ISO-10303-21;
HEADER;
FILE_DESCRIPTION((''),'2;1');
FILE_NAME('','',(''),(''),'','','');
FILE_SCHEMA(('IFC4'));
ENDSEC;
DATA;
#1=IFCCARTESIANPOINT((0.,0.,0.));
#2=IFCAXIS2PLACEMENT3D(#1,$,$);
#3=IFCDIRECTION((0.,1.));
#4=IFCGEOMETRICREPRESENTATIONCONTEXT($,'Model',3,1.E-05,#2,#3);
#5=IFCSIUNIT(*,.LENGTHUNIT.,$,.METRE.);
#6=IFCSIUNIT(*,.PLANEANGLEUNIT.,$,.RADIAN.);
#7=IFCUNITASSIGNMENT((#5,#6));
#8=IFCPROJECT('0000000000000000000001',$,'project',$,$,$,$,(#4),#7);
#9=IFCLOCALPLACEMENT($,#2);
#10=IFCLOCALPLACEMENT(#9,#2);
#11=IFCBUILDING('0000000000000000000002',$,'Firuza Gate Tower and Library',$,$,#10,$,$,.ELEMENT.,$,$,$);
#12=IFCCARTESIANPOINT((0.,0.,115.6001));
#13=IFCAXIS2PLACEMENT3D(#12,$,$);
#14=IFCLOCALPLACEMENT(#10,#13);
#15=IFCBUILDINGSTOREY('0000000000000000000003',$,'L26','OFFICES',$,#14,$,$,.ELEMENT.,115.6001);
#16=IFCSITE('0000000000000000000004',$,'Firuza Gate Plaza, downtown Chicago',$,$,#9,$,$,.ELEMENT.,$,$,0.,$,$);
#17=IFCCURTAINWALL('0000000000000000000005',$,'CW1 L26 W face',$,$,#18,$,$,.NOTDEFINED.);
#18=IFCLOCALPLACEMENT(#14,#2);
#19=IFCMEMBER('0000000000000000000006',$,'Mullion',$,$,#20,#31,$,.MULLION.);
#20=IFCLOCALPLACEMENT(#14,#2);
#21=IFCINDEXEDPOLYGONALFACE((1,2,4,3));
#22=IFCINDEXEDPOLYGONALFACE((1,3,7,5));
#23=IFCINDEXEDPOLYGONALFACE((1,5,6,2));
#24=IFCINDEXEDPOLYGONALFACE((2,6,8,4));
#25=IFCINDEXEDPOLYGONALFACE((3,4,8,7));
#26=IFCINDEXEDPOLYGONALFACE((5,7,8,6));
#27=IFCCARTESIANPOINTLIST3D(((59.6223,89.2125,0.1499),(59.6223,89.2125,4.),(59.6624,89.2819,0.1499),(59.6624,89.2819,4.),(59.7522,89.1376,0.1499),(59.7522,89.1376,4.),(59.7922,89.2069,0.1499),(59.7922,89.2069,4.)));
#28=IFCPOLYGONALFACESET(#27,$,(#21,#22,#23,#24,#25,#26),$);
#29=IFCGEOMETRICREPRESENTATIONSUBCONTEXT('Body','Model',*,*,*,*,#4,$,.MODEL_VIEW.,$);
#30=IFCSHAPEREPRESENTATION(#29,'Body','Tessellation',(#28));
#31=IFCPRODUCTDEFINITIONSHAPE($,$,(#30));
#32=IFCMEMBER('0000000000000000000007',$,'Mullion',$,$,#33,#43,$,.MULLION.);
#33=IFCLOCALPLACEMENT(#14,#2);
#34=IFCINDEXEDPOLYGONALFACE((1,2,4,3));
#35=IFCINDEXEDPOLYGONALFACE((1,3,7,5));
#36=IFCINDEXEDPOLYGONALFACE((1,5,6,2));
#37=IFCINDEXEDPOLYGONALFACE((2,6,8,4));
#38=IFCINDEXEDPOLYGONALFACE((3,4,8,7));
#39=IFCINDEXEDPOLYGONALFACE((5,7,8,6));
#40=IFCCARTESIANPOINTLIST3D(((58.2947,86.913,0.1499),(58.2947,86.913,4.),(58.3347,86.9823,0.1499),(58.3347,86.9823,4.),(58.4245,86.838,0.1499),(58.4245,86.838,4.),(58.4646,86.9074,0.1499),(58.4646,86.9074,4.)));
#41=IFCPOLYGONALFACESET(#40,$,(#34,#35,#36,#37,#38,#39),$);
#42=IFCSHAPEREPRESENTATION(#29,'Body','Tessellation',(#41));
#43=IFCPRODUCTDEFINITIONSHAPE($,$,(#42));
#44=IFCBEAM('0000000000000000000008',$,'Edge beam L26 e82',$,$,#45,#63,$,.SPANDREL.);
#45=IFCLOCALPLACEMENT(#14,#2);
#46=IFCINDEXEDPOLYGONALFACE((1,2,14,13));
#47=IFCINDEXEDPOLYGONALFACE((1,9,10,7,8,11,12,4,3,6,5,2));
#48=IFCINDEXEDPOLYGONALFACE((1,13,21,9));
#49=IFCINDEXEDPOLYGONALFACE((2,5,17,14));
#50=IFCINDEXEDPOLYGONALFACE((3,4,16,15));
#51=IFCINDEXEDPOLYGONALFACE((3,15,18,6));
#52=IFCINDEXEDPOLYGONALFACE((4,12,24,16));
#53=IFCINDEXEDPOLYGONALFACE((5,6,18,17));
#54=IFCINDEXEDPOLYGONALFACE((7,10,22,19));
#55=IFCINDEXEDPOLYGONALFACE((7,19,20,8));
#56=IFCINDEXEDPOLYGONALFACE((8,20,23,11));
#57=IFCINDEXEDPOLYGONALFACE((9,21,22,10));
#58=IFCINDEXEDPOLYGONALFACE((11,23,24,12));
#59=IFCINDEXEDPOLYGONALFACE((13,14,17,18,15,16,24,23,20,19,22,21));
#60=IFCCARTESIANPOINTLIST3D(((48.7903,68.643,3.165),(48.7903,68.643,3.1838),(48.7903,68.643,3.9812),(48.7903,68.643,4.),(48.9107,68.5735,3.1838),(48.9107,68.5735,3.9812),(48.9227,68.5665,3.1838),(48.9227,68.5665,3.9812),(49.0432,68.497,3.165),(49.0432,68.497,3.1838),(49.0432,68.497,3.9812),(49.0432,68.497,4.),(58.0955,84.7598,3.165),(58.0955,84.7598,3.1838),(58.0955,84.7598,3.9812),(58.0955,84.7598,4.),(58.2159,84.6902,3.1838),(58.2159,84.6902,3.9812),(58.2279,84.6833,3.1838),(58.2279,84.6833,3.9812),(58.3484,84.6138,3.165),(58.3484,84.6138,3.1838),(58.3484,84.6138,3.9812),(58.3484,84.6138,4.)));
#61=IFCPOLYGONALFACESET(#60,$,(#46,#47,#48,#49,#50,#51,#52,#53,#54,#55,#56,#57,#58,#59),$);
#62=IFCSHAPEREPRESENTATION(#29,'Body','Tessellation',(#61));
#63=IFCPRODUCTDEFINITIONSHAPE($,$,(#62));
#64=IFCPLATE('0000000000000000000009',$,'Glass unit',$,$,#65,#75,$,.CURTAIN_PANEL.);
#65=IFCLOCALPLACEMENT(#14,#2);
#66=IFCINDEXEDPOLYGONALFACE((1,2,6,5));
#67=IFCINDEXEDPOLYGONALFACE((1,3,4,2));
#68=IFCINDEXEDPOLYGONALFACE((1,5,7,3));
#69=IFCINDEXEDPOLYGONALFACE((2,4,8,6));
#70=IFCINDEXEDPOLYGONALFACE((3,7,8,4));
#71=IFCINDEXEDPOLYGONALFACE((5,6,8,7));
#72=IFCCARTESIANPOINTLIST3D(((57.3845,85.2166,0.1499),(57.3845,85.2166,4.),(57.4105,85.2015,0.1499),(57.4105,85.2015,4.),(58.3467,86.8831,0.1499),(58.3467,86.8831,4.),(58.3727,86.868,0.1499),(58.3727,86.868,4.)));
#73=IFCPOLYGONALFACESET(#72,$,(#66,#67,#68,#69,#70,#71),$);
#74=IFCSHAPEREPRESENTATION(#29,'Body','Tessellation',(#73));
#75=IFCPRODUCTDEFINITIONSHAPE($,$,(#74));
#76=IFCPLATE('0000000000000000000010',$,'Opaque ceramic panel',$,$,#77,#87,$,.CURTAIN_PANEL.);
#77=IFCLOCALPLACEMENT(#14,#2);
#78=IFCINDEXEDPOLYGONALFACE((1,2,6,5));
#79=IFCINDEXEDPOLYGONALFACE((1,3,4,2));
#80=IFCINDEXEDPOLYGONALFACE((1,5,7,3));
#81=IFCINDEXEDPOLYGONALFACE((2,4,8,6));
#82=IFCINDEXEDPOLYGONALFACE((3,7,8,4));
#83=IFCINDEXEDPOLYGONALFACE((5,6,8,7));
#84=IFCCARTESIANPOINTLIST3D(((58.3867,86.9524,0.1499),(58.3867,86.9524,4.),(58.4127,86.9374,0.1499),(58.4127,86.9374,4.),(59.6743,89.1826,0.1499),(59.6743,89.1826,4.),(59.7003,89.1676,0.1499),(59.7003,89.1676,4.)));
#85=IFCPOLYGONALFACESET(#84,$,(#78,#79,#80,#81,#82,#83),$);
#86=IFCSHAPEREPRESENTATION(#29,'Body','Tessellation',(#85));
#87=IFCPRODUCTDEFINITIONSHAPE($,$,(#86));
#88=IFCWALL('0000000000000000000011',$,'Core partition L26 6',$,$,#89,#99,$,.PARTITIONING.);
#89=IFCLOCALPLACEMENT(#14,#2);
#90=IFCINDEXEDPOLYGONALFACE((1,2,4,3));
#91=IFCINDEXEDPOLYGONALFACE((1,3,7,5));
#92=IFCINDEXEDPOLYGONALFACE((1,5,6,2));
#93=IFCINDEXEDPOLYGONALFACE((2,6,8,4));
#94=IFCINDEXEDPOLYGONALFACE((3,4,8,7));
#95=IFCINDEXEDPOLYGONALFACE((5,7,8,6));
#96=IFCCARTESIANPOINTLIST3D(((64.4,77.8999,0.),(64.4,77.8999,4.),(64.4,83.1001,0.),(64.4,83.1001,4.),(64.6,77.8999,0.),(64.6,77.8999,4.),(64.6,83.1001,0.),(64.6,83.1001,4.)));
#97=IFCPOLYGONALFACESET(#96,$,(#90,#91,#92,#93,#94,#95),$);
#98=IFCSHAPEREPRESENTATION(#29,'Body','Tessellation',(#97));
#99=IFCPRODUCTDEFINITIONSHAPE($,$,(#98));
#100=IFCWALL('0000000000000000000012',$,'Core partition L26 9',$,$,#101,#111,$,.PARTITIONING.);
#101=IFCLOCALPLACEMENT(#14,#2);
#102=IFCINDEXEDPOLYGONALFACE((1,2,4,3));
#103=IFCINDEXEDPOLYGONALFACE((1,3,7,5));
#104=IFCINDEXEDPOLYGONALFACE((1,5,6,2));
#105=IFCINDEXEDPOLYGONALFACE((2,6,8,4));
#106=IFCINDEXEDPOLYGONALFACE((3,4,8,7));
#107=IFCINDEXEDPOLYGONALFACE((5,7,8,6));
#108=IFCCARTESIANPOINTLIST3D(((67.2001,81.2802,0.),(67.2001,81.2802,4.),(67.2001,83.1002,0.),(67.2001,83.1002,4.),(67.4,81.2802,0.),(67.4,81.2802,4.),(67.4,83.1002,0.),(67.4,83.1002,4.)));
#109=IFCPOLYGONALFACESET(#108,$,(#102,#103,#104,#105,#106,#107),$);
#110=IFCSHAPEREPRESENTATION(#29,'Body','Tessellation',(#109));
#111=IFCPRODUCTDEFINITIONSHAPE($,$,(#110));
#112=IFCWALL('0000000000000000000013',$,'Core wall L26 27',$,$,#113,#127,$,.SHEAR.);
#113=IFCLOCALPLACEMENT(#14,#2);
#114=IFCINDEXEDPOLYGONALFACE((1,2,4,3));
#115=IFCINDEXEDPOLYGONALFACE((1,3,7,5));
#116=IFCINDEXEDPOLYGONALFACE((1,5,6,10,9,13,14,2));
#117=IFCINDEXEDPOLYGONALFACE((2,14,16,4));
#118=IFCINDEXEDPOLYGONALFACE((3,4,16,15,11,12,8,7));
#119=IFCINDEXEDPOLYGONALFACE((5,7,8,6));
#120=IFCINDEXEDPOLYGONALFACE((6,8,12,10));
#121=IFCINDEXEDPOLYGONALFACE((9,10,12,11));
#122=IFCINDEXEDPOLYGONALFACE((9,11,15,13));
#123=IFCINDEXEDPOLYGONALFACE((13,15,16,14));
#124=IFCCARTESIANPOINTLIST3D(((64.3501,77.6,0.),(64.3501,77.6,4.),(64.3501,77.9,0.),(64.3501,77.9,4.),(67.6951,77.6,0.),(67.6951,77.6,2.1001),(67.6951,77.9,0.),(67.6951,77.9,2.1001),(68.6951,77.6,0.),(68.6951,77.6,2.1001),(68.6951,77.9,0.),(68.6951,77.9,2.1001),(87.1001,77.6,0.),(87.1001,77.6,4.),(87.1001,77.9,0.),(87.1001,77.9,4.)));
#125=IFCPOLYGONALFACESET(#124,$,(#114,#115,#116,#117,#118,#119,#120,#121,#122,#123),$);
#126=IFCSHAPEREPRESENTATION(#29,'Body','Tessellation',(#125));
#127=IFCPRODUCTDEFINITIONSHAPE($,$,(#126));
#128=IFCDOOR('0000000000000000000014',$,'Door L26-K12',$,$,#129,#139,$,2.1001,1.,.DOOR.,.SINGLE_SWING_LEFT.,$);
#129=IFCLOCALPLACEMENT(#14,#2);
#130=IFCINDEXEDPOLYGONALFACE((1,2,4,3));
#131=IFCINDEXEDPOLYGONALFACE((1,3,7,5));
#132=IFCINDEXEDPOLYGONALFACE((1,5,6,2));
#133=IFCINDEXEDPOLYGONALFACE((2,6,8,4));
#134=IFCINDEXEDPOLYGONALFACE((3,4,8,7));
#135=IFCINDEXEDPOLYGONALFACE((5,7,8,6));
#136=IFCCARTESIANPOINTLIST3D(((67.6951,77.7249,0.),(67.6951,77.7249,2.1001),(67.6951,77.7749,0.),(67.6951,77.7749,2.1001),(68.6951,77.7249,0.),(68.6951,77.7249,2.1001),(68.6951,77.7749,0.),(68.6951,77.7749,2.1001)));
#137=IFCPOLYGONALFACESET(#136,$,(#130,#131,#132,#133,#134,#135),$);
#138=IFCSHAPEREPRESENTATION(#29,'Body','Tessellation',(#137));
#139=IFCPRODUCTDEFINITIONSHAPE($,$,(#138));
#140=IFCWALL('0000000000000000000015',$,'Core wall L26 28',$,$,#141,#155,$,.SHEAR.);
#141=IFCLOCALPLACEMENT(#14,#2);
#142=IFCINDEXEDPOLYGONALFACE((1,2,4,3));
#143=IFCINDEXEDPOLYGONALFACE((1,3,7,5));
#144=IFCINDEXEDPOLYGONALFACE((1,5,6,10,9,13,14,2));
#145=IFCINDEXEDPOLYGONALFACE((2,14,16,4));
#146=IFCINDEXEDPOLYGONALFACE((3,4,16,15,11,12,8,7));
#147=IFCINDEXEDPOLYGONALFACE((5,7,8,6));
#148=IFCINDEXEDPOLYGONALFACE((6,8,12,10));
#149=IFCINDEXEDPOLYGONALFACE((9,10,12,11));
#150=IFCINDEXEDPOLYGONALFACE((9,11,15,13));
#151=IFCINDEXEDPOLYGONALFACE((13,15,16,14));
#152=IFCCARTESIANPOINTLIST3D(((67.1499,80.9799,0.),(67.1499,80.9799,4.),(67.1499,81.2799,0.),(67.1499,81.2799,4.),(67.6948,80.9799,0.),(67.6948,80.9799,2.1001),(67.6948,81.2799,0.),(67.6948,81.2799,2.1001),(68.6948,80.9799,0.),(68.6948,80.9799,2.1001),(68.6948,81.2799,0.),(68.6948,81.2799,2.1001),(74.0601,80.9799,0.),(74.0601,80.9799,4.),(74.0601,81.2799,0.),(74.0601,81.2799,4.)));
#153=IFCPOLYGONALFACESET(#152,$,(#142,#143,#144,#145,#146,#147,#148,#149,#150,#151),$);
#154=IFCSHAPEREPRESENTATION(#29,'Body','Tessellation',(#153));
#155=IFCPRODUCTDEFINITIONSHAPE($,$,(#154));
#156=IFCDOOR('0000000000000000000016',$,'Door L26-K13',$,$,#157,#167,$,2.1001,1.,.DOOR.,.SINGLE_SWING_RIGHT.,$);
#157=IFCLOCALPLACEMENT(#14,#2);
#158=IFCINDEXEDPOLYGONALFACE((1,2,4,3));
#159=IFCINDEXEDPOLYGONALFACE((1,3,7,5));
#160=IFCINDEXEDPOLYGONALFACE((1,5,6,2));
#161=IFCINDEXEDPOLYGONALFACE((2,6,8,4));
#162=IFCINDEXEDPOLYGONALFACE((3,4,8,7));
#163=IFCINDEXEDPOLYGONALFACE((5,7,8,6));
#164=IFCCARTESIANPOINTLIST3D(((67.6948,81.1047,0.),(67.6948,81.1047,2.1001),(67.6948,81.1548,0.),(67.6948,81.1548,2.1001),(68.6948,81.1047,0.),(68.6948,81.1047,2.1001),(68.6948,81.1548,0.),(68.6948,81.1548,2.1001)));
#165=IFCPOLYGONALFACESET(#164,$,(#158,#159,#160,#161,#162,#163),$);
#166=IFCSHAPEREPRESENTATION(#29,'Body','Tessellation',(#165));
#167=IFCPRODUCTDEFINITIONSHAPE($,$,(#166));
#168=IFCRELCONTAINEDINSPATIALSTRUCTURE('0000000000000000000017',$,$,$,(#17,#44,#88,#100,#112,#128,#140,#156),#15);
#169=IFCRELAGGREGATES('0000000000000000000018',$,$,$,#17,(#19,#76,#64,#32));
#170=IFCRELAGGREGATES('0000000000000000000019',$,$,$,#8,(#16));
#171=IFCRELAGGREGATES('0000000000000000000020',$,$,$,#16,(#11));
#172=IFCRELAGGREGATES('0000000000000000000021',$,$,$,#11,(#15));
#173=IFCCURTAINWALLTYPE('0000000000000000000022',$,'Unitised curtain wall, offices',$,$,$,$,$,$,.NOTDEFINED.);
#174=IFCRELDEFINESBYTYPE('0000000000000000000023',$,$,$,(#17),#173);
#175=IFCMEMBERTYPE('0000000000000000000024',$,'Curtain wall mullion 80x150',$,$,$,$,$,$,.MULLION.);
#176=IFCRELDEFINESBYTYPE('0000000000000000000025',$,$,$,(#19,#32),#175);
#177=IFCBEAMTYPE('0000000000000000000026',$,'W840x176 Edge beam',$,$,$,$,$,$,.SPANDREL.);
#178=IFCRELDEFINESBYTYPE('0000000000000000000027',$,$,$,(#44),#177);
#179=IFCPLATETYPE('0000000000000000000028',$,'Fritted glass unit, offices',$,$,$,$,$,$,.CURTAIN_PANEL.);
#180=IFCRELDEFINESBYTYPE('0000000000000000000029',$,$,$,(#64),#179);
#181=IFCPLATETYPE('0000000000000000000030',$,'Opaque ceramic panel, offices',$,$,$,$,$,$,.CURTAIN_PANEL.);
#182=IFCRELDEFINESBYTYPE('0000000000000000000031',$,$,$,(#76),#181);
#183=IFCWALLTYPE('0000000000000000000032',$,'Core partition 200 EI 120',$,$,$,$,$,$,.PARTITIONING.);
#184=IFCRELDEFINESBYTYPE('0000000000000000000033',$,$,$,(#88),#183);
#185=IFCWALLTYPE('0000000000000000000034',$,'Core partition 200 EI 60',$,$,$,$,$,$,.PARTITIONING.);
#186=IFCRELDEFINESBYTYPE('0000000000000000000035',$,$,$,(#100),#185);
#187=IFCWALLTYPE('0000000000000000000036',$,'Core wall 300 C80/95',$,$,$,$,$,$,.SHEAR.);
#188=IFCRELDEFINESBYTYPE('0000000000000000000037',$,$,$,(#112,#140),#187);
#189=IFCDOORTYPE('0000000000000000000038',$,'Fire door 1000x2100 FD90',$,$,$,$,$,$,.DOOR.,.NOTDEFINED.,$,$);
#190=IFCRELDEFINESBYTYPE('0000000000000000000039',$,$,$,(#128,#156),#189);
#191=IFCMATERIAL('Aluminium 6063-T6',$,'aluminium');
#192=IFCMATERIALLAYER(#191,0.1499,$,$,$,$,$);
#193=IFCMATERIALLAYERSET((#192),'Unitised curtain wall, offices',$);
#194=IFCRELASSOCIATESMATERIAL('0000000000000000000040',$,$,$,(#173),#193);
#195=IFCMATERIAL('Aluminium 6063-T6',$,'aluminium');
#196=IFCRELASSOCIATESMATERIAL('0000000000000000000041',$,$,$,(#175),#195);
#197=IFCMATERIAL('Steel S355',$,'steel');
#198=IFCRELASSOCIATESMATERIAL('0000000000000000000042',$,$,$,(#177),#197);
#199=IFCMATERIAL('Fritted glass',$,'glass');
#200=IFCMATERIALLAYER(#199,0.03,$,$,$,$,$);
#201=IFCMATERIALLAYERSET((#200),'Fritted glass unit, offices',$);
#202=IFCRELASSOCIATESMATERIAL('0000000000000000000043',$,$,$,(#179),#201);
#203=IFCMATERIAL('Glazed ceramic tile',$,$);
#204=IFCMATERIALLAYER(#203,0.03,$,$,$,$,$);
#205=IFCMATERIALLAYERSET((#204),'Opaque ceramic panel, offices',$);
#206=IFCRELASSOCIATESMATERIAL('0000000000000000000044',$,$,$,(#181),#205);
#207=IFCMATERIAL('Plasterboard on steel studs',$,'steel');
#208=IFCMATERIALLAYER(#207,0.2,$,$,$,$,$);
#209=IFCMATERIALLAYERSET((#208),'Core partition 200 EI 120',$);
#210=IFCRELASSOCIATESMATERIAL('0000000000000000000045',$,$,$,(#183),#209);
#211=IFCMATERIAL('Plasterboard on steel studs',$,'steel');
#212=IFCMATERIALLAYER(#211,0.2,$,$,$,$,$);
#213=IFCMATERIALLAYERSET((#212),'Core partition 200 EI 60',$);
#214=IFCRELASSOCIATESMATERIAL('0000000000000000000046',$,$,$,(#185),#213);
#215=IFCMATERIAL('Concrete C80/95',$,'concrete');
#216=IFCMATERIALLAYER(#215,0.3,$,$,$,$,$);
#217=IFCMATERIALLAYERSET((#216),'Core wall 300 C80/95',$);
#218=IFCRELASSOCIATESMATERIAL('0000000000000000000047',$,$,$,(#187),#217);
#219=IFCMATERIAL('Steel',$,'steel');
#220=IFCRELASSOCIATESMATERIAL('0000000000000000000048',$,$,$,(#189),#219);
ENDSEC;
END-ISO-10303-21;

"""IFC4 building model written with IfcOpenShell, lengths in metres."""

from ifc_helpers import new_model, si_unit, direction, frame, frame_2d, origin, origin_2d, place, context, subcontext, project, spatial, polyline, rectangle, i_section, outline, extrude, material, layer, layer_set, material_profile, profile_set, type_object, element, fill, aggregate, save


model = new_model("IFC4")

# Units and contexts
model_context = context("Model", 3, precision=1e-05, world=origin(), true_north=direction((0.0, 1.0)))
body_context = subcontext(model_context, "Body", "Model", "MODEL_VIEW")
ifc_project = project(units=[si_unit("LENGTHUNIT", "METRE"), si_unit("PLANEANGLEUNIT", "RADIAN")], contexts=[model_context])

# Site, building, storey
site_placement = place(None, origin())
site = spatial("IfcSite", under=ifc_project, at=site_placement, Name="Firuza Gate Plaza, downtown Chicago", CompositionType="ELEMENT", RefElevation=0.0)
building_placement = place(site_placement, origin())
building = spatial("IfcBuilding", under=site, at=building_placement, Name="Firuza Gate Tower and Library", CompositionType="ELEMENT")
storey_placement = place(building_placement, frame((0.0, 0.0, 115.6001)))
storey = spatial("IfcBuildingStorey", under=building, at=storey_placement, Name="L26", Description="OFFICES", CompositionType="ELEMENT", Elevation=115.6001)

# Curtain wall, members
ifc_material_1 = material(Name="Aluminium 6063-T6", Category="aluminium")
ifc_layer_1 = layer(ifc_material_1, 0.1499)
ifc_layer_set_1 = layer_set([ifc_layer_1], Name="Unitised curtain wall, offices")
curtain_wall_type = type_object("IfcCurtainWallType", Name="Unitised curtain wall, offices", PredefinedType="NOTDEFINED", material=ifc_layer_set_1)
curtain_wall_placement = place(storey_placement, origin())
curtain_wall = element("IfcCurtainWall", 1, at=curtain_wall_placement, inside=storey, type_object=curtain_wall_type, Name="CW1 L26 W face", PredefinedType="NOTDEFINED")
ifc_material_2 = material(Name="Aluminium 6063-T6", Category="aluminium")
ifc_material_profile_1 = material_profile(ifc_material_2, rectangle(XDim=0.1499, YDim=0.0801, at=origin_2d()))
ifc_profile_set_1 = profile_set([ifc_material_profile_1], Name="Aluminium 6063-T6")
member_type = type_object("IfcMemberType", Name="Curtain wall mullion 80x150", PredefinedType="MULLION", material=ifc_profile_set_1)
member_1_placement = place(storey_placement, frame((59.7073, 89.2097, 0.1499), z_axis=(0.0, 0.0, 1.0), x_axis=(0.866025, -0.5, 0.0)))
member_1 = element("IfcMember", 2, at=member_1_placement, type_object=member_type, Name="Mullion", PredefinedType="MULLION", context=body_context, shape_type="SweptSolid", body=[
    extrude(rectangle(XDim=0.1499, YDim=0.0801, at=origin_2d()), origin(), (0.0, 0.0, 1.0), 3.8501),
])
member_2_placement = place(storey_placement, frame((58.3796, 86.9102, 0.1499), z_axis=(0.0, 0.0, 1.0), x_axis=(0.866025, -0.5, 0.0)))
member_2 = element("IfcMember", 3, at=member_2_placement, type_object=member_type, Name="Mullion", PredefinedType="MULLION", context=body_context, shape_type="SweptSolid", body=[
    extrude(rectangle(XDim=0.1499, YDim=0.0801, at=origin_2d()), origin(), (0.0, 0.0, 1.0), 3.8501),
])

# Beam
ifc_material_3 = material(Name="Steel S355", Category="steel")
ifc_material_profile_2 = material_profile(ifc_material_3, i_section(OverallWidth=0.292, OverallDepth=0.835, WebThickness=0.0139, FlangeThickness=0.0188, at=origin_2d()))
ifc_profile_set_2 = profile_set([ifc_material_profile_2], Name="Steel S355")
beam_type = type_object("IfcBeamType", Name="W840x176 Edge beam", PredefinedType="SPANDREL", material=ifc_profile_set_2)
beam_placement = place(storey_placement, frame((58.2219, 84.6868, 3.5825), z_axis=(-0.500008, -0.866021, 0.0), x_axis=(0.866021, -0.500008, 0.0)))
element("IfcBeam", 4, at=beam_placement, inside=storey, type_object=beam_type, Name="Edge beam L26 e82", PredefinedType="SPANDREL", context=body_context, shape_type="SweptSolid", body=[
    extrude(i_section(OverallWidth=0.292, OverallDepth=0.835, WebThickness=0.0139, FlangeThickness=0.0188, at=origin_2d()), origin(), (0.0, 0.0, 1.0), 18.6101),
])

# Plates
ifc_material_4 = material(Name="Fritted glass", Category="glass")
ifc_layer_2 = layer(ifc_material_4, 0.03)
ifc_layer_set_2 = layer_set([ifc_layer_2], Name="Fritted glass unit, offices")
plate_type_1 = type_object("IfcPlateType", Name="Fritted glass unit, offices", PredefinedType="CURTAIN_PANEL", material=ifc_layer_set_2)
plate_1_placement = place(storey_placement, frame((58.3467, 86.8831, 0.1499), z_axis=(-0.866025, 0.500001, 0.0), x_axis=(-0.500001, -0.866025, 0.0)))
plate_1 = element("IfcPlate", 5, at=plate_1_placement, type_object=plate_type_1, Name="Glass unit", PredefinedType="CURTAIN_PANEL", context=body_context, shape_type="SweptSolid", body=[
    extrude(outline(polyline([(0.0, 0.0), (1.9243, 0.0), (1.9243, 3.8501), (0.0, 3.8501), (0.0, 0.0)])), origin(), (0.0, 0.0, -1.0), 0.03),
])
ifc_material_5 = material(Name="Glazed ceramic tile")
ifc_layer_3 = layer(ifc_material_5, 0.03)
ifc_layer_set_3 = layer_set([ifc_layer_3], Name="Opaque ceramic panel, offices")
plate_type_2 = type_object("IfcPlateType", Name="Opaque ceramic panel, offices", PredefinedType="CURTAIN_PANEL", material=ifc_layer_set_3)
plate_2_placement = place(storey_placement, frame((59.6743, 89.1826, 0.1499), z_axis=(-0.866029, 0.499993, 0.0), x_axis=(-0.499993, -0.866029, 0.0)))
plate_2 = element("IfcPlate", 6, at=plate_2_placement, type_object=plate_type_2, Name="Opaque ceramic panel", PredefinedType="CURTAIN_PANEL", context=body_context, shape_type="SweptSolid", body=[
    extrude(outline(polyline([(0.0, 0.0), (2.5752, 0.0), (2.5752, 3.8501), (0.0, 3.8501), (0.0, 0.0)])), origin(), (0.0, 0.0, -1.0), 0.03),
])
aggregate(curtain_wall, [member_1, plate_2, plate_1, member_2])

# Walls
ifc_material_6 = material(Name="Plasterboard on steel studs", Category="steel")
ifc_layer_4 = layer(ifc_material_6, 0.2)
ifc_layer_set_4 = layer_set([ifc_layer_4], Name="Core partition 200 EI 120")
wall_type_1 = type_object("IfcWallType", Name="Core partition 200 EI 120", PredefinedType="PARTITIONING", material=ifc_layer_set_4)
wall_1_placement = place(storey_placement, frame((64.5, 77.8999, 0.0), z_axis=(0.0, 0.0, 1.0), x_axis=(0.0, 1.0, 0.0)))
element("IfcWall", 7, at=wall_1_placement, inside=storey, type_object=wall_type_1, Name="Core partition L26 6", PredefinedType="PARTITIONING", context=body_context, shape_type="SweptSolid", body=[
    extrude(rectangle(XDim=5.2002, YDim=0.2, at=frame_2d((2.6001, 0.0))), origin(), (0.0, 0.0, 1.0), 4.0),
])
ifc_material_7 = material(Name="Plasterboard on steel studs", Category="steel")
ifc_layer_5 = layer(ifc_material_7, 0.2)
ifc_layer_set_5 = layer_set([ifc_layer_5], Name="Core partition 200 EI 60")
wall_type_2 = type_object("IfcWallType", Name="Core partition 200 EI 60", PredefinedType="PARTITIONING", material=ifc_layer_set_5)
wall_2_placement = place(storey_placement, frame((67.3, 81.28, 0.0), z_axis=(0.0, 0.0, 1.0), x_axis=(0.0, 1.0, 0.0)))
element("IfcWall", 8, at=wall_2_placement, inside=storey, type_object=wall_type_2, Name="Core partition L26 9", PredefinedType="PARTITIONING", context=body_context, shape_type="SweptSolid", body=[
    extrude(rectangle(XDim=1.8201, YDim=0.2, at=frame_2d((0.9102, 0.0))), origin(), (0.0, 0.0, 1.0), 4.0),
])

# Walls, openings, doors
ifc_material_8 = material(Name="Concrete C80/95", Category="concrete")
ifc_layer_6 = layer(ifc_material_8, 0.3)
ifc_layer_set_6 = layer_set([ifc_layer_6], Name="Core wall 300 C80/95")
wall_type_3 = type_object("IfcWallType", Name="Core wall 300 C80/95", PredefinedType="SHEAR", material=ifc_layer_set_6)
wall_3_placement = place(storey_placement, frame((64.3501, 77.75, 0.0), z_axis=(0.0, 0.0, 1.0), x_axis=(1.0, 0.0, 0.0)))
wall_3 = element("IfcWall", 9, at=wall_3_placement, inside=storey, type_object=wall_type_3, Name="Core wall L26 27", PredefinedType="SHEAR", context=body_context, shape_type="SweptSolid", body=[
    extrude(rectangle(XDim=22.75, YDim=0.3, at=frame_2d((11.375, 0.0))), origin(), (0.0, 0.0, 1.0), 4.0),
])
opening_1_placement = place(wall_3_placement, frame((3.345, 0.0, 0.0)))
opening_1 = element("IfcOpeningElement", 10, at=opening_1_placement, cuts=wall_3, PredefinedType="OPENING", context=body_context, shape_type="SweptSolid", body=[
    extrude(rectangle(XDim=1.0, YDim=2.1001, at=frame_2d((0.5, 1.05))), frame((0.0, 0.1602, 0.0), z_axis=(0.0, -1.0, 0.0), x_axis=(1.0, 0.0, 0.0)), (0.0, 0.0, 1.0), 0.3201),
])
ifc_material_9 = material(Name="Steel", Category="steel")
door_type_1 = type_object("IfcDoorType", Name="Fire door 1000x2100 FD90", OperationType="NOTDEFINED", PredefinedType="DOOR", material=ifc_material_9)
door_1_placement = place(opening_1_placement, origin())
door_1 = element("IfcDoor", 11, at=door_1_placement, inside=storey, type_object=door_type_1, Name="Door L26-K12", OperationType="SINGLE_SWING_LEFT", OverallHeight=2.1001, OverallWidth=1.0, PredefinedType="DOOR", context=body_context, shape_type="SweptSolid", body=[
    extrude(rectangle(XDim=1.0, YDim=2.1001, at=frame_2d((0.5, 1.05))), frame((0.0, 0.0249, 0.0), z_axis=(0.0, -1.0, 0.0), x_axis=(1.0, 0.0, 0.0)), (0.0, 0.0, 1.0), 0.05),
])
fill(opening_1, door_1)
wall_4_placement = place(storey_placement, frame((67.1499, 81.1299, 0.0), z_axis=(0.0, 0.0, 1.0), x_axis=(1.0, 0.0, 0.0)))
wall_4 = element("IfcWall", 12, at=wall_4_placement, inside=storey, type_object=wall_type_3, Name="Core wall L26 28", PredefinedType="SHEAR", context=body_context, shape_type="SweptSolid", body=[
    extrude(rectangle(XDim=6.9102, YDim=0.3, at=frame_2d((3.4551, 0.0))), origin(), (0.0, 0.0, 1.0), 4.0),
])
opening_2_placement = place(wall_4_placement, frame((0.5449, 0.0, 0.0)))
opening_2 = element("IfcOpeningElement", 13, at=opening_2_placement, cuts=wall_4, PredefinedType="OPENING", context=body_context, shape_type="SweptSolid", body=[
    extrude(rectangle(XDim=1.0, YDim=2.1001, at=frame_2d((0.5, 1.05))), frame((0.0, 0.1602, 0.0), z_axis=(0.0, -1.0, 0.0), x_axis=(1.0, 0.0, 0.0)), (0.0, 0.0, 1.0), 0.3201),
])
door_2_placement = place(opening_2_placement, origin())
door_2 = element("IfcDoor", 14, at=door_2_placement, inside=storey, type_object=door_type_1, Name="Door L26-K13", OperationType="SINGLE_SWING_RIGHT", OverallHeight=2.1001, OverallWidth=1.0, PredefinedType="DOOR", context=body_context, shape_type="SweptSolid", body=[
    extrude(rectangle(XDim=1.0, YDim=2.1001, at=frame_2d((0.5, 1.05))), frame((0.0, 0.0249, 0.0), z_axis=(0.0, -1.0, 0.0), x_axis=(1.0, 0.0, 0.0)), (0.0, 0.0, 1.0), 0.05),
])
fill(opening_2, door_2)

save(model, "model.ifc")
